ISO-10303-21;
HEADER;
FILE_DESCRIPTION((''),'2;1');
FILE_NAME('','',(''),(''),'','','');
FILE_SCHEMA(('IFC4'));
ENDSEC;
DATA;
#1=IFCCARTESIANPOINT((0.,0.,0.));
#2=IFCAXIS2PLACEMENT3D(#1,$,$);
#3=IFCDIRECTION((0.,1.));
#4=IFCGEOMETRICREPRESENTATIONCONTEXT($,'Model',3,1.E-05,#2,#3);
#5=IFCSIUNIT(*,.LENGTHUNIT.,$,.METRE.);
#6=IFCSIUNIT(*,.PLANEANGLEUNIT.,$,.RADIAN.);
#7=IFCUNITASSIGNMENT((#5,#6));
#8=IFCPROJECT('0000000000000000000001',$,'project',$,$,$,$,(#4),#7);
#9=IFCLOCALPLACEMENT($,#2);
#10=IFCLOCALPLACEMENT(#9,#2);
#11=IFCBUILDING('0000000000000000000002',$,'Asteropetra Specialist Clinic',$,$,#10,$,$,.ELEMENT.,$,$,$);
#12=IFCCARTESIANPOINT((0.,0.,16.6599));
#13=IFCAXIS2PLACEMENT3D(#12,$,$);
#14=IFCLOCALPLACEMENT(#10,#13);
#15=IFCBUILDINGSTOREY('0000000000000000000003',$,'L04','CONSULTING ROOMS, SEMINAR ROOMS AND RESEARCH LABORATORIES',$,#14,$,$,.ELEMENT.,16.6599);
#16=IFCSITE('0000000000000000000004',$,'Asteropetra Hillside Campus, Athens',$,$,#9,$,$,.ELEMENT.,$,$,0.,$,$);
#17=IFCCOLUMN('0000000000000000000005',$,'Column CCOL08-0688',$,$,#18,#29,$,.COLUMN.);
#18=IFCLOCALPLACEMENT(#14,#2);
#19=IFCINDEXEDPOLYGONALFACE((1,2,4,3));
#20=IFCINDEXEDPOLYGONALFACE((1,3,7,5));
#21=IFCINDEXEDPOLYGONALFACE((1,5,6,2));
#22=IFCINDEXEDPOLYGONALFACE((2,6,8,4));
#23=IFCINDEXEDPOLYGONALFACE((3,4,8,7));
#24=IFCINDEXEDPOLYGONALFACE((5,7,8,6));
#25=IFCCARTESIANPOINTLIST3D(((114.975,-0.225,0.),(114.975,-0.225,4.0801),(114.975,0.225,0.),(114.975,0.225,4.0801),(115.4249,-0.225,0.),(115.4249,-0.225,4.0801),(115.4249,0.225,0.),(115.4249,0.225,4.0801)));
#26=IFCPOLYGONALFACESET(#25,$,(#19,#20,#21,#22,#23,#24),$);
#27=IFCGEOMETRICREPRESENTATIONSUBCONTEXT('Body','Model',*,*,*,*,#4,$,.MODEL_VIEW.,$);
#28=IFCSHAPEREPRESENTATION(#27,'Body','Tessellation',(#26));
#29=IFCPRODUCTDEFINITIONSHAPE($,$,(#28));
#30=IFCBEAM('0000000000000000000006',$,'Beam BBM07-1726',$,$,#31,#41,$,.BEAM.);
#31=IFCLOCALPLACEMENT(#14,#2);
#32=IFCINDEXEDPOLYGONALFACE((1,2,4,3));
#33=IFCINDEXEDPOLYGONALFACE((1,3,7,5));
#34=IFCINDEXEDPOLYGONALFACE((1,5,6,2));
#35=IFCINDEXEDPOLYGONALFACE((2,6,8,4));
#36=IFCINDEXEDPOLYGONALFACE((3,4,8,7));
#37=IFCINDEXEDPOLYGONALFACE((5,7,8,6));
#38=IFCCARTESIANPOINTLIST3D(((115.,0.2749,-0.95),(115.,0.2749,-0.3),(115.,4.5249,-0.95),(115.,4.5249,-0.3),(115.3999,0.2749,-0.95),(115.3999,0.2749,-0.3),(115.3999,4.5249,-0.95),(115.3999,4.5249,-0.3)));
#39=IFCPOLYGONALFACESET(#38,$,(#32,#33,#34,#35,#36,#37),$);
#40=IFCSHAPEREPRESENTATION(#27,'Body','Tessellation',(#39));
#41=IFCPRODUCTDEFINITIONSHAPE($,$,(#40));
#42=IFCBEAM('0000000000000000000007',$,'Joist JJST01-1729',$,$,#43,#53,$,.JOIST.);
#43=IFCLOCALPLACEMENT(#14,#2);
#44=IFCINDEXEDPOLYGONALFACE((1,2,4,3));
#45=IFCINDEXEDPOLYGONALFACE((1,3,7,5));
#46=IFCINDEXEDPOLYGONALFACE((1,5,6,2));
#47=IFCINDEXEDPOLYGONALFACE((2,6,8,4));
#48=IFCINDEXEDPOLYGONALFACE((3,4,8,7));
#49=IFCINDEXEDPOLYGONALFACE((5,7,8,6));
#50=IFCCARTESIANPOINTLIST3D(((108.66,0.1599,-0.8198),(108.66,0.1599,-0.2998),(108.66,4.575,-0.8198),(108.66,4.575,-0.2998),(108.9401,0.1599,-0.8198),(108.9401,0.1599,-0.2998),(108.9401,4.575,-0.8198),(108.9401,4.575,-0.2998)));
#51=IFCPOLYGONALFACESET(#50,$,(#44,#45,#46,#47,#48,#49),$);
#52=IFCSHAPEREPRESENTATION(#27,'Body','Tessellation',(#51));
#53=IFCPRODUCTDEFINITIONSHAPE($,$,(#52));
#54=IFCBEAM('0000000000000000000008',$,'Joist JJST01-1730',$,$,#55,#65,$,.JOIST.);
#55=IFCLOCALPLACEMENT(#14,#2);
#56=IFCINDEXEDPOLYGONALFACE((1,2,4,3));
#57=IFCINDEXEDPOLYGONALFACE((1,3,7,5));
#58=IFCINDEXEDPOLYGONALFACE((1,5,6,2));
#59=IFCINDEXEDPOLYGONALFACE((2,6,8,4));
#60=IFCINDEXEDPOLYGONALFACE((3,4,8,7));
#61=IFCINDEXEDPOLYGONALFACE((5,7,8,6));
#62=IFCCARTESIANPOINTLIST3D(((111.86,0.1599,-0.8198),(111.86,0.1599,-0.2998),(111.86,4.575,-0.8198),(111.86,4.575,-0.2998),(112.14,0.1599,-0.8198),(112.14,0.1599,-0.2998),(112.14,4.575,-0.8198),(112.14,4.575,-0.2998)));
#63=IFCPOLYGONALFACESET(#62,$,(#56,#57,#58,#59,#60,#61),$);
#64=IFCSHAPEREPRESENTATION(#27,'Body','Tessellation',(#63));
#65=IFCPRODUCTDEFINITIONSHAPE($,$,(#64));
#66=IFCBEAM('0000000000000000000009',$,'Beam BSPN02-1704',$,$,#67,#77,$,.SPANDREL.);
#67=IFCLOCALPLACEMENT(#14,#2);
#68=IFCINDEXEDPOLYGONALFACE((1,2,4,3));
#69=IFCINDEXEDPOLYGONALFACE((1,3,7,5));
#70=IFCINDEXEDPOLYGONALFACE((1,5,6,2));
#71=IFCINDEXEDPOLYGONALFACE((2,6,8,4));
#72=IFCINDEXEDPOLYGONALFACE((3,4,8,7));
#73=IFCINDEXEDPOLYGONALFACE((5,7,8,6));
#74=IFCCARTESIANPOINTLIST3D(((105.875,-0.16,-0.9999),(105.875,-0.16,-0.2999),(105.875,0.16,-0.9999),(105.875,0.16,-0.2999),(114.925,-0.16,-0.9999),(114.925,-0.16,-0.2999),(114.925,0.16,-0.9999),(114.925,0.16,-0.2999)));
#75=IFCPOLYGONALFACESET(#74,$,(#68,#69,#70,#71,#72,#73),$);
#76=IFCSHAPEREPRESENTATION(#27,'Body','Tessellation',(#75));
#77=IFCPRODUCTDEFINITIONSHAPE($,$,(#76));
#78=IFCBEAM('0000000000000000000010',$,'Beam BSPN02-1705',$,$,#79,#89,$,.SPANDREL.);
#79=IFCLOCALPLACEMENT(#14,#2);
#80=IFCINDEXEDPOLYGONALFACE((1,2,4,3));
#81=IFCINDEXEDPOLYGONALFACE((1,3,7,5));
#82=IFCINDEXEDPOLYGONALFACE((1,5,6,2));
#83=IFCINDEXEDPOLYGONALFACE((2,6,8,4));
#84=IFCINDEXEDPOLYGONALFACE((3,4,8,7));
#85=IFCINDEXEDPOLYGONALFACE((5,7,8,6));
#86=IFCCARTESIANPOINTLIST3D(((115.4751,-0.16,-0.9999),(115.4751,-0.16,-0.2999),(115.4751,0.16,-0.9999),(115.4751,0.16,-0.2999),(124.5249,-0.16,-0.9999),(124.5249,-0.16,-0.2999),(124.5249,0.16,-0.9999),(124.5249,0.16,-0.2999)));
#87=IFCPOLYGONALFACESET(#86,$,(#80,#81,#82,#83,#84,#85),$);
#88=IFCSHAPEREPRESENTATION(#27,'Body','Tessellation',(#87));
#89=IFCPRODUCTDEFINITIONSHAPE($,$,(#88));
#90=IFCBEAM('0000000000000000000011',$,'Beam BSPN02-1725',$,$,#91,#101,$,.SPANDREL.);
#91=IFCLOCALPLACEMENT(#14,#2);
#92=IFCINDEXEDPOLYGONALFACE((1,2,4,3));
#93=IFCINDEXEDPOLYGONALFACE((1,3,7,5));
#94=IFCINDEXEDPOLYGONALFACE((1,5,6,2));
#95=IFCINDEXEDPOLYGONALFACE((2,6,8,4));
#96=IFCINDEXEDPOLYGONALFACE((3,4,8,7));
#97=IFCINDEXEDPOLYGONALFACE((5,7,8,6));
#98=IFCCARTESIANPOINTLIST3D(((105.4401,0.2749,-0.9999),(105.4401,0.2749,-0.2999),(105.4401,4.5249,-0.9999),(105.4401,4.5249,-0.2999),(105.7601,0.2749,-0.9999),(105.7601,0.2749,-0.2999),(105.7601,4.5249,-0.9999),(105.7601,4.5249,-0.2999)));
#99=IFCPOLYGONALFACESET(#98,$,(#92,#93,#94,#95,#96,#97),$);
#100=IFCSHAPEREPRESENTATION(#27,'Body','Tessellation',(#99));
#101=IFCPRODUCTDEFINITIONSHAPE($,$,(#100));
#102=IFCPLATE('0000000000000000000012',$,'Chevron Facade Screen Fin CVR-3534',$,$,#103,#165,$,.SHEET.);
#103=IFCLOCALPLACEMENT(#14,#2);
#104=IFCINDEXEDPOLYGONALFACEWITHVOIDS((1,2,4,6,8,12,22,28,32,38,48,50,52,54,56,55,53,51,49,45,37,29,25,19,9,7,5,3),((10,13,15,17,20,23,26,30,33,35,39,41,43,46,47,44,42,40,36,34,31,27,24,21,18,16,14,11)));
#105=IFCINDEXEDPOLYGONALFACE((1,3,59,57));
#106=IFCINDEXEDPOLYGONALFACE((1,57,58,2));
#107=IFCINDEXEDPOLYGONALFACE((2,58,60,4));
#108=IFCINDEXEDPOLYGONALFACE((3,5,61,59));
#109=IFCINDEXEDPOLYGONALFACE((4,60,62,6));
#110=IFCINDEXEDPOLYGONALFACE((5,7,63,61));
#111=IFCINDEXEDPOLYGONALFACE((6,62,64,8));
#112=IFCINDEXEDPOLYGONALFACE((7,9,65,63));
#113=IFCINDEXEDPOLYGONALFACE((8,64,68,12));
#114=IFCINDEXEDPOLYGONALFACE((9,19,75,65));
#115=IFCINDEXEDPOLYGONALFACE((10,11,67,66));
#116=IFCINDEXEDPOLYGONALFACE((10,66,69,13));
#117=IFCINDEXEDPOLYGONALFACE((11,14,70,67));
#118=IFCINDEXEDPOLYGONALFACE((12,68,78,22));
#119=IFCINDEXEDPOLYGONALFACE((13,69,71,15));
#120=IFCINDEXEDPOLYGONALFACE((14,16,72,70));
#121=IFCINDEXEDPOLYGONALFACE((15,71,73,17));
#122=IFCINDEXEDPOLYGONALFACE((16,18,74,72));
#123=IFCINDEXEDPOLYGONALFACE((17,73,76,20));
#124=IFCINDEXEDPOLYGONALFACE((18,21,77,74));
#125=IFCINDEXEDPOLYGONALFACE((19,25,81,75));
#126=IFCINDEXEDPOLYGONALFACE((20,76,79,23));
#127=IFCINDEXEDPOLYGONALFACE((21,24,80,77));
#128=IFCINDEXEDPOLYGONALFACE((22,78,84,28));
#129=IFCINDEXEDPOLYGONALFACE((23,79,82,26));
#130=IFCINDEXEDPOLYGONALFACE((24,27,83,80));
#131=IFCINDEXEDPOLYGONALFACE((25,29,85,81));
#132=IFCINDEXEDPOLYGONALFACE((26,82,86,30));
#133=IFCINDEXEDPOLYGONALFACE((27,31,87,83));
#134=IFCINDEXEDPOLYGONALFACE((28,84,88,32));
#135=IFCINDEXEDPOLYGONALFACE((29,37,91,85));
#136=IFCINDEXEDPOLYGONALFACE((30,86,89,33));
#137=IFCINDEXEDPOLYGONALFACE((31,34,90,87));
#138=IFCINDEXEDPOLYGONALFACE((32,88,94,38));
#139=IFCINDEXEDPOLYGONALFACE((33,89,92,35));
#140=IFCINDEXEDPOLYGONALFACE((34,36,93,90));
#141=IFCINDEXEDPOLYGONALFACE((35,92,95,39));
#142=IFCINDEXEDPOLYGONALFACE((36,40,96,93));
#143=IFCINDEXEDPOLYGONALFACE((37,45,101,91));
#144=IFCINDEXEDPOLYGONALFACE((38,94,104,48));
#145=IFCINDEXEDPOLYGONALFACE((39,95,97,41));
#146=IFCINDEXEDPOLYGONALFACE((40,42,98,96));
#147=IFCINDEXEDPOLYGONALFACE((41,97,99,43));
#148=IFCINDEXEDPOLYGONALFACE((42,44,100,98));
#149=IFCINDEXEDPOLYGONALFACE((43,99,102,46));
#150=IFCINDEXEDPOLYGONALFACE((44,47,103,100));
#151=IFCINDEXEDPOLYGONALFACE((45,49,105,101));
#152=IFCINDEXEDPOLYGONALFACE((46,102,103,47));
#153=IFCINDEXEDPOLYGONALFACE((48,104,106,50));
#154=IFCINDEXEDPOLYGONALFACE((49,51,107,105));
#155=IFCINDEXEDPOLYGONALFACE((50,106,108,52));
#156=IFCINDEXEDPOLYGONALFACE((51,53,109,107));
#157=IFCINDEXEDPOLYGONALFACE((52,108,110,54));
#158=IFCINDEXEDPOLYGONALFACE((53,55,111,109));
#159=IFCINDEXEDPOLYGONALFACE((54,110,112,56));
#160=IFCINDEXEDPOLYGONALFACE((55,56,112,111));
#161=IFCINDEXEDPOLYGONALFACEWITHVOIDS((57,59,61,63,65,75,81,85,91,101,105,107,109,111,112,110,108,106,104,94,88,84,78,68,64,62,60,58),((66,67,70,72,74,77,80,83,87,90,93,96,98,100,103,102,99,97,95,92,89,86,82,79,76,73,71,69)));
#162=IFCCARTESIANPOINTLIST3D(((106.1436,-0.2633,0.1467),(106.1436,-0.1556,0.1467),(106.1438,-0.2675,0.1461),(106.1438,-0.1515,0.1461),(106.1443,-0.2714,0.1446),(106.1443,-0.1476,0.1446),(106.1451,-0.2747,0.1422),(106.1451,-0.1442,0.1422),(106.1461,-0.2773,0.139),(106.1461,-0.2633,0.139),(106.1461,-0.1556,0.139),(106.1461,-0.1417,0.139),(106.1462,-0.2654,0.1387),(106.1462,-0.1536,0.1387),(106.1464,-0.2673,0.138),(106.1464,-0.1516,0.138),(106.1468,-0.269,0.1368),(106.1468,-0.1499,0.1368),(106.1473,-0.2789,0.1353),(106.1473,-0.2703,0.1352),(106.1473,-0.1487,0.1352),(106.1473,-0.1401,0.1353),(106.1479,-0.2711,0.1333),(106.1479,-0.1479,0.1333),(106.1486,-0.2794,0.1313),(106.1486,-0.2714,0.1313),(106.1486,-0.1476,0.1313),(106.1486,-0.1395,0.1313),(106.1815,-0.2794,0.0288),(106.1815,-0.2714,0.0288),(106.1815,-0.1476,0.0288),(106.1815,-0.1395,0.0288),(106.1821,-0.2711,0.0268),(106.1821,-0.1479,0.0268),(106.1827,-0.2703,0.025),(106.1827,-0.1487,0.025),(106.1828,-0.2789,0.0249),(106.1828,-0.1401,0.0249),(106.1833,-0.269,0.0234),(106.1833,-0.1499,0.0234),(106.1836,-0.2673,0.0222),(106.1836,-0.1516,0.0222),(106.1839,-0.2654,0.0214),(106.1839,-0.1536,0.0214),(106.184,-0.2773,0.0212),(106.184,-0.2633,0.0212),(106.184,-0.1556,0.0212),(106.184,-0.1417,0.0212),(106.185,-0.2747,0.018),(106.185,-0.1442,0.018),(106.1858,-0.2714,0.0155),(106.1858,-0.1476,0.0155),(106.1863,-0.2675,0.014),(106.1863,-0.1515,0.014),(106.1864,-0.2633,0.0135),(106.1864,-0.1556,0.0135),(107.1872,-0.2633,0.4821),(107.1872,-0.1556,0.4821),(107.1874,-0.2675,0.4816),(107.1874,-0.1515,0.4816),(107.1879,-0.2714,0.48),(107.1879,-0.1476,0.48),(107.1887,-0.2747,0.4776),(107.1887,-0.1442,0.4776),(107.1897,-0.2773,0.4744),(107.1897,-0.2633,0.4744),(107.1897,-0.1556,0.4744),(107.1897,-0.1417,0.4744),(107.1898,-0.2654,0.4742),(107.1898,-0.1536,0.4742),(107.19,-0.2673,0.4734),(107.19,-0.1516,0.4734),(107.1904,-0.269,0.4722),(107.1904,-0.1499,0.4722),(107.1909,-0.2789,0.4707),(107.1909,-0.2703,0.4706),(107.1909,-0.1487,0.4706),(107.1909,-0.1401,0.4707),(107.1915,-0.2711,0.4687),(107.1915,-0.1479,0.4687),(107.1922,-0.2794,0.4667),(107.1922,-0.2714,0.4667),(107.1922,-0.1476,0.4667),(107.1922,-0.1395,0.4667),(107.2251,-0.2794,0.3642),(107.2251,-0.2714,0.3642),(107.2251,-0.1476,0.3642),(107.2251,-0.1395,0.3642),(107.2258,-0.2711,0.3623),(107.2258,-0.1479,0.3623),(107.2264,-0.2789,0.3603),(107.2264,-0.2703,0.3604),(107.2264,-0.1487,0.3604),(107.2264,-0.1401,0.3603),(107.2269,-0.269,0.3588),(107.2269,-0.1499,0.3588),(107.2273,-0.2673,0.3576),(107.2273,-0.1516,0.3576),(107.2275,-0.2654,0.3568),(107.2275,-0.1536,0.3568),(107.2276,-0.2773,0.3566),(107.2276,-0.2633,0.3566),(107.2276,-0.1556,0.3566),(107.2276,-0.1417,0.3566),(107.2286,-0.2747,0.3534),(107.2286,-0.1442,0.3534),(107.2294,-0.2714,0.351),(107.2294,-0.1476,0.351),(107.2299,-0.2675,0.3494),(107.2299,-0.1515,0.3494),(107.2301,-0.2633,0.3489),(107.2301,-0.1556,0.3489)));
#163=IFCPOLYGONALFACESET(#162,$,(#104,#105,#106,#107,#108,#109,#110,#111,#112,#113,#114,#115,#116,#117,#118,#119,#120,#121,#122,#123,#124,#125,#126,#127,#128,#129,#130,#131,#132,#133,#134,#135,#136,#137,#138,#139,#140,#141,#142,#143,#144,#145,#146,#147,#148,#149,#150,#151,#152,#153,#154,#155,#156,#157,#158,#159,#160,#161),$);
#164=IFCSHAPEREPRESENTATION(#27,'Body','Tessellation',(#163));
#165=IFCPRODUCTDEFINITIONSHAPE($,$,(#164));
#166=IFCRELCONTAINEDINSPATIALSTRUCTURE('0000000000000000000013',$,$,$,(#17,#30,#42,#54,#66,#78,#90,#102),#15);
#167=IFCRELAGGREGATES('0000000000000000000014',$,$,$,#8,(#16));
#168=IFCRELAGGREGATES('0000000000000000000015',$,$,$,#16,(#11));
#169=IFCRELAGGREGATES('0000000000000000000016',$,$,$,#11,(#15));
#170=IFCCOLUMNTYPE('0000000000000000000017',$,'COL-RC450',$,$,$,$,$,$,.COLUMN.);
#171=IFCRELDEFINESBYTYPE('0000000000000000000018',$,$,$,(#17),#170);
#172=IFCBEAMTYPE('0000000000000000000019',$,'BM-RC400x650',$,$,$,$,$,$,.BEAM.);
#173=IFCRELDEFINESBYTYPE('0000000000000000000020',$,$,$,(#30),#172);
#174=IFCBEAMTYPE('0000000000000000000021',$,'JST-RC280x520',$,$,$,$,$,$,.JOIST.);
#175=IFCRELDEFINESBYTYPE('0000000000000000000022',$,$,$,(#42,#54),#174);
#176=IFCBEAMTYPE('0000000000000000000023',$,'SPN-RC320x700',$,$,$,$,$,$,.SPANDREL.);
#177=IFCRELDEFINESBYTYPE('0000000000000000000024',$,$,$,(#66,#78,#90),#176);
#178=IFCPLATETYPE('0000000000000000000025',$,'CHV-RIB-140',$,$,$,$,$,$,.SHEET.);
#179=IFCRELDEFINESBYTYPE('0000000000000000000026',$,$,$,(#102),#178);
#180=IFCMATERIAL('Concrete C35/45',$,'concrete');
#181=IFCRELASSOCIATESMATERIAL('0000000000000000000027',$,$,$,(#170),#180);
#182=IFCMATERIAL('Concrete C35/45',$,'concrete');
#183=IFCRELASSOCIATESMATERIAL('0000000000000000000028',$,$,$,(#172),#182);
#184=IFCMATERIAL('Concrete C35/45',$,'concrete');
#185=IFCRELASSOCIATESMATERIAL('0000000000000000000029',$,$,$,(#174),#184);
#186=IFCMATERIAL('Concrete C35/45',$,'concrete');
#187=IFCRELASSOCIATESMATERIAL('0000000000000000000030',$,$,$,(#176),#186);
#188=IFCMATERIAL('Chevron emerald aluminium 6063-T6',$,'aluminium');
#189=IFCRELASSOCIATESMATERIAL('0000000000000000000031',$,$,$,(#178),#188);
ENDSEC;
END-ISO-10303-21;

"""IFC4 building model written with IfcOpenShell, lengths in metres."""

from ifc_helpers import new_model, si_unit, direction, frame, origin, origin_2d, place, context, subcontext, project, spatial, rectangle, hollow_rectangle, extrude, material, material_profile, profile_set, type_object, element, save


model = new_model("IFC4")

# Units and contexts
model_context = context("Model", 3, precision=1e-05, world=origin(), true_north=direction((0.0, 1.0)))
body_context = subcontext(model_context, "Body", "Model", "MODEL_VIEW")
ifc_project = project(units=[si_unit("LENGTHUNIT", "METRE"), si_unit("PLANEANGLEUNIT", "RADIAN")], contexts=[model_context])

# Site, building, storey
site_placement = place(None, origin())
site = spatial("IfcSite", under=ifc_project, at=site_placement, Name="Asteropetra Hillside Campus, Athens", CompositionType="ELEMENT", RefElevation=0.0)
building_placement = place(site_placement, origin())
building = spatial("IfcBuilding", under=site, at=building_placement, Name="Asteropetra Specialist Clinic", CompositionType="ELEMENT")
storey_placement = place(building_placement, frame((0.0, 0.0, 16.6599)))
storey = spatial("IfcBuildingStorey", under=building, at=storey_placement, Name="L04", Description="CONSULTING ROOMS, SEMINAR ROOMS AND RESEARCH LABORATORIES", CompositionType="ELEMENT", Elevation=16.6599)

# Column
ifc_material_1 = material(Name="Concrete C35/45", Category="concrete")
ifc_material_profile_1 = material_profile(ifc_material_1, rectangle(XDim=0.45, YDim=0.45, at=origin_2d()), Name="RC 450x450")
ifc_profile_set_1 = profile_set([ifc_material_profile_1], Name="Concrete C35/45")
column_type = type_object("IfcColumnType", Name="COL-RC450", PredefinedType="COLUMN", material=ifc_profile_set_1)
column_placement = place(storey_placement, frame((115.2, 0.0, 0.0), z_axis=(0.0, 0.0, 1.0), x_axis=(1.0, 0.0, 0.0)))
element("IfcColumn", 1, at=column_placement, inside=storey, type_object=column_type, Name="Column CCOL08-0688", PredefinedType="COLUMN", context=body_context, shape_type="SweptSolid", body=[
    extrude(rectangle(XDim=0.45, YDim=0.45, at=origin_2d()), origin(), (0.0, 0.0, 1.0), 4.0801),
])

# Beams
ifc_material_2 = material(Name="Concrete C35/45", Category="concrete")
ifc_material_profile_2 = material_profile(ifc_material_2, rectangle(XDim=0.3999, YDim=0.6499, at=origin_2d()), Name="RCB 400x650")
ifc_profile_set_2 = profile_set([ifc_material_profile_2], Name="Concrete C35/45")
beam_type_1 = type_object("IfcBeamType", Name="BM-RC400x650", PredefinedType="BEAM", material=ifc_profile_set_2)
beam_1_placement = place(storey_placement, frame((115.2, 0.2749, -0.625), z_axis=(0.0, 1.0, 0.0), x_axis=(-1.0, 0.0, 0.0)))
element("IfcBeam", 2, at=beam_1_placement, inside=storey, type_object=beam_type_1, Name="Beam BBM07-1726", PredefinedType="BEAM", context=body_context, shape_type="SweptSolid", body=[
    extrude(rectangle(XDim=0.3999, YDim=0.6499, at=origin_2d()), origin(), (0.0, 0.0, 1.0), 4.25),
])
ifc_material_3 = material(Name="Concrete C35/45", Category="concrete")
ifc_material_profile_3 = material_profile(ifc_material_3, rectangle(XDim=0.28, YDim=0.52, at=origin_2d()), Name="RCJ 280x520")
ifc_profile_set_3 = profile_set([ifc_material_profile_3], Name="Concrete C35/45")
beam_type_2 = type_object("IfcBeamType", Name="JST-RC280x520", PredefinedType="JOIST", material=ifc_profile_set_3)
for number, where, z_axis, x_axis, name in (
    (3, (108.8, 0.1599, -0.5598), (0.0, 1.0, 0.0), (-1.0, 0.0, 0.0), "Joist JJST01-1729"),
    (4, (112.0, 0.1599, -0.5598), (0.0, 1.0, 0.0), (-1.0, 0.0, 0.0), "Joist JJST01-1730"),
):
    element("IfcBeam", number, at=place(storey_placement, frame(where, z_axis=z_axis, x_axis=x_axis)), inside=storey, type_object=beam_type_2, Name=name, PredefinedType="JOIST", context=body_context, shape_type="SweptSolid", body=[
        extrude(rectangle(XDim=0.28, YDim=0.52, at=origin_2d()), origin(), (0.0, 0.0, 1.0), 4.415),
    ])
ifc_material_4 = material(Name="Concrete C35/45", Category="concrete")
ifc_material_profile_4 = material_profile(ifc_material_4, rectangle(XDim=0.3201, YDim=0.7, at=origin_2d()), Name="RCS 320x700")
ifc_profile_set_4 = profile_set([ifc_material_profile_4], Name="Concrete C35/45")
beam_type_3 = type_object("IfcBeamType", Name="SPN-RC320x700", PredefinedType="SPANDREL", material=ifc_profile_set_4)
beam_2_placement = place(storey_placement, frame((105.875, 0.0, -0.6499), z_axis=(1.0, 0.0, 0.0), x_axis=(0.0, 1.0, 0.0)))
element("IfcBeam", 5, at=beam_2_placement, inside=storey, type_object=beam_type_3, Name="Beam BSPN02-1704", PredefinedType="SPANDREL", context=body_context, shape_type="SweptSolid", body=[
    extrude(rectangle(XDim=0.3201, YDim=0.7, at=origin_2d()), origin(), (0.0, 0.0, 1.0), 9.05),
])
beam_3_placement = place(storey_placement, frame((115.4751, 0.0, -0.6499), z_axis=(1.0, 0.0, 0.0), x_axis=(0.0, 1.0, 0.0)))
element("IfcBeam", 6, at=beam_3_placement, inside=storey, type_object=beam_type_3, Name="Beam BSPN02-1705", PredefinedType="SPANDREL", context=body_context, shape_type="SweptSolid", body=[
    extrude(rectangle(XDim=0.3201, YDim=0.7, at=origin_2d()), origin(), (0.0, 0.0, 1.0), 9.0498),
])
beam_4_placement = place(storey_placement, frame((105.6001, 0.2749, -0.6499), z_axis=(0.0, 1.0, 0.0), x_axis=(-1.0, 0.0, 0.0)))
element("IfcBeam", 7, at=beam_4_placement, inside=storey, type_object=beam_type_3, Name="Beam BSPN02-1725", PredefinedType="SPANDREL", context=body_context, shape_type="SweptSolid", body=[
    extrude(rectangle(XDim=0.3201, YDim=0.7, at=origin_2d()), origin(), (0.0, 0.0, 1.0), 4.25),
])

# Plate
ifc_material_5 = material(Name="Chevron emerald aluminium 6063-T6", Category="aluminium")
ifc_material_profile_5 = material_profile(ifc_material_5, hollow_rectangle(XDim=0.1399, YDim=0.1399, WallThickness=0.0081, InnerFilletRadius=0.0081, OuterFilletRadius=0.0161, at=origin_2d()), Name="SHS 140x140x8.0")
ifc_profile_set_5 = profile_set([ifc_material_profile_5], Name="Chevron emerald aluminium 6063-T6")
plate_type = type_object("IfcPlateType", Name="CHV-RIB-140", PredefinedType="SHEET", material=ifc_profile_set_5)
for number, where, z_axis, x_axis, name in (
    (8, (106.165, -0.2095, 0.0801), (0.952036, 0.0, 0.305988), (0.0, 1.0, 0.0), "Chevron Facade Screen Fin CVR-3534"),
):
    element("IfcPlate", number, at=place(storey_placement, frame(where, z_axis=z_axis, x_axis=x_axis)), inside=storey, type_object=plate_type, Name=name, PredefinedType="SHEET", context=body_context, shape_type="SweptSolid", body=[
        extrude(hollow_rectangle(XDim=0.1399, YDim=0.1399, WallThickness=0.0081, InnerFilletRadius=0.0081, OuterFilletRadius=0.0161, at=origin_2d()), origin(), (0.0, 0.0, 1.0), 1.0962),
    ])

save(model, "model.ifc")
